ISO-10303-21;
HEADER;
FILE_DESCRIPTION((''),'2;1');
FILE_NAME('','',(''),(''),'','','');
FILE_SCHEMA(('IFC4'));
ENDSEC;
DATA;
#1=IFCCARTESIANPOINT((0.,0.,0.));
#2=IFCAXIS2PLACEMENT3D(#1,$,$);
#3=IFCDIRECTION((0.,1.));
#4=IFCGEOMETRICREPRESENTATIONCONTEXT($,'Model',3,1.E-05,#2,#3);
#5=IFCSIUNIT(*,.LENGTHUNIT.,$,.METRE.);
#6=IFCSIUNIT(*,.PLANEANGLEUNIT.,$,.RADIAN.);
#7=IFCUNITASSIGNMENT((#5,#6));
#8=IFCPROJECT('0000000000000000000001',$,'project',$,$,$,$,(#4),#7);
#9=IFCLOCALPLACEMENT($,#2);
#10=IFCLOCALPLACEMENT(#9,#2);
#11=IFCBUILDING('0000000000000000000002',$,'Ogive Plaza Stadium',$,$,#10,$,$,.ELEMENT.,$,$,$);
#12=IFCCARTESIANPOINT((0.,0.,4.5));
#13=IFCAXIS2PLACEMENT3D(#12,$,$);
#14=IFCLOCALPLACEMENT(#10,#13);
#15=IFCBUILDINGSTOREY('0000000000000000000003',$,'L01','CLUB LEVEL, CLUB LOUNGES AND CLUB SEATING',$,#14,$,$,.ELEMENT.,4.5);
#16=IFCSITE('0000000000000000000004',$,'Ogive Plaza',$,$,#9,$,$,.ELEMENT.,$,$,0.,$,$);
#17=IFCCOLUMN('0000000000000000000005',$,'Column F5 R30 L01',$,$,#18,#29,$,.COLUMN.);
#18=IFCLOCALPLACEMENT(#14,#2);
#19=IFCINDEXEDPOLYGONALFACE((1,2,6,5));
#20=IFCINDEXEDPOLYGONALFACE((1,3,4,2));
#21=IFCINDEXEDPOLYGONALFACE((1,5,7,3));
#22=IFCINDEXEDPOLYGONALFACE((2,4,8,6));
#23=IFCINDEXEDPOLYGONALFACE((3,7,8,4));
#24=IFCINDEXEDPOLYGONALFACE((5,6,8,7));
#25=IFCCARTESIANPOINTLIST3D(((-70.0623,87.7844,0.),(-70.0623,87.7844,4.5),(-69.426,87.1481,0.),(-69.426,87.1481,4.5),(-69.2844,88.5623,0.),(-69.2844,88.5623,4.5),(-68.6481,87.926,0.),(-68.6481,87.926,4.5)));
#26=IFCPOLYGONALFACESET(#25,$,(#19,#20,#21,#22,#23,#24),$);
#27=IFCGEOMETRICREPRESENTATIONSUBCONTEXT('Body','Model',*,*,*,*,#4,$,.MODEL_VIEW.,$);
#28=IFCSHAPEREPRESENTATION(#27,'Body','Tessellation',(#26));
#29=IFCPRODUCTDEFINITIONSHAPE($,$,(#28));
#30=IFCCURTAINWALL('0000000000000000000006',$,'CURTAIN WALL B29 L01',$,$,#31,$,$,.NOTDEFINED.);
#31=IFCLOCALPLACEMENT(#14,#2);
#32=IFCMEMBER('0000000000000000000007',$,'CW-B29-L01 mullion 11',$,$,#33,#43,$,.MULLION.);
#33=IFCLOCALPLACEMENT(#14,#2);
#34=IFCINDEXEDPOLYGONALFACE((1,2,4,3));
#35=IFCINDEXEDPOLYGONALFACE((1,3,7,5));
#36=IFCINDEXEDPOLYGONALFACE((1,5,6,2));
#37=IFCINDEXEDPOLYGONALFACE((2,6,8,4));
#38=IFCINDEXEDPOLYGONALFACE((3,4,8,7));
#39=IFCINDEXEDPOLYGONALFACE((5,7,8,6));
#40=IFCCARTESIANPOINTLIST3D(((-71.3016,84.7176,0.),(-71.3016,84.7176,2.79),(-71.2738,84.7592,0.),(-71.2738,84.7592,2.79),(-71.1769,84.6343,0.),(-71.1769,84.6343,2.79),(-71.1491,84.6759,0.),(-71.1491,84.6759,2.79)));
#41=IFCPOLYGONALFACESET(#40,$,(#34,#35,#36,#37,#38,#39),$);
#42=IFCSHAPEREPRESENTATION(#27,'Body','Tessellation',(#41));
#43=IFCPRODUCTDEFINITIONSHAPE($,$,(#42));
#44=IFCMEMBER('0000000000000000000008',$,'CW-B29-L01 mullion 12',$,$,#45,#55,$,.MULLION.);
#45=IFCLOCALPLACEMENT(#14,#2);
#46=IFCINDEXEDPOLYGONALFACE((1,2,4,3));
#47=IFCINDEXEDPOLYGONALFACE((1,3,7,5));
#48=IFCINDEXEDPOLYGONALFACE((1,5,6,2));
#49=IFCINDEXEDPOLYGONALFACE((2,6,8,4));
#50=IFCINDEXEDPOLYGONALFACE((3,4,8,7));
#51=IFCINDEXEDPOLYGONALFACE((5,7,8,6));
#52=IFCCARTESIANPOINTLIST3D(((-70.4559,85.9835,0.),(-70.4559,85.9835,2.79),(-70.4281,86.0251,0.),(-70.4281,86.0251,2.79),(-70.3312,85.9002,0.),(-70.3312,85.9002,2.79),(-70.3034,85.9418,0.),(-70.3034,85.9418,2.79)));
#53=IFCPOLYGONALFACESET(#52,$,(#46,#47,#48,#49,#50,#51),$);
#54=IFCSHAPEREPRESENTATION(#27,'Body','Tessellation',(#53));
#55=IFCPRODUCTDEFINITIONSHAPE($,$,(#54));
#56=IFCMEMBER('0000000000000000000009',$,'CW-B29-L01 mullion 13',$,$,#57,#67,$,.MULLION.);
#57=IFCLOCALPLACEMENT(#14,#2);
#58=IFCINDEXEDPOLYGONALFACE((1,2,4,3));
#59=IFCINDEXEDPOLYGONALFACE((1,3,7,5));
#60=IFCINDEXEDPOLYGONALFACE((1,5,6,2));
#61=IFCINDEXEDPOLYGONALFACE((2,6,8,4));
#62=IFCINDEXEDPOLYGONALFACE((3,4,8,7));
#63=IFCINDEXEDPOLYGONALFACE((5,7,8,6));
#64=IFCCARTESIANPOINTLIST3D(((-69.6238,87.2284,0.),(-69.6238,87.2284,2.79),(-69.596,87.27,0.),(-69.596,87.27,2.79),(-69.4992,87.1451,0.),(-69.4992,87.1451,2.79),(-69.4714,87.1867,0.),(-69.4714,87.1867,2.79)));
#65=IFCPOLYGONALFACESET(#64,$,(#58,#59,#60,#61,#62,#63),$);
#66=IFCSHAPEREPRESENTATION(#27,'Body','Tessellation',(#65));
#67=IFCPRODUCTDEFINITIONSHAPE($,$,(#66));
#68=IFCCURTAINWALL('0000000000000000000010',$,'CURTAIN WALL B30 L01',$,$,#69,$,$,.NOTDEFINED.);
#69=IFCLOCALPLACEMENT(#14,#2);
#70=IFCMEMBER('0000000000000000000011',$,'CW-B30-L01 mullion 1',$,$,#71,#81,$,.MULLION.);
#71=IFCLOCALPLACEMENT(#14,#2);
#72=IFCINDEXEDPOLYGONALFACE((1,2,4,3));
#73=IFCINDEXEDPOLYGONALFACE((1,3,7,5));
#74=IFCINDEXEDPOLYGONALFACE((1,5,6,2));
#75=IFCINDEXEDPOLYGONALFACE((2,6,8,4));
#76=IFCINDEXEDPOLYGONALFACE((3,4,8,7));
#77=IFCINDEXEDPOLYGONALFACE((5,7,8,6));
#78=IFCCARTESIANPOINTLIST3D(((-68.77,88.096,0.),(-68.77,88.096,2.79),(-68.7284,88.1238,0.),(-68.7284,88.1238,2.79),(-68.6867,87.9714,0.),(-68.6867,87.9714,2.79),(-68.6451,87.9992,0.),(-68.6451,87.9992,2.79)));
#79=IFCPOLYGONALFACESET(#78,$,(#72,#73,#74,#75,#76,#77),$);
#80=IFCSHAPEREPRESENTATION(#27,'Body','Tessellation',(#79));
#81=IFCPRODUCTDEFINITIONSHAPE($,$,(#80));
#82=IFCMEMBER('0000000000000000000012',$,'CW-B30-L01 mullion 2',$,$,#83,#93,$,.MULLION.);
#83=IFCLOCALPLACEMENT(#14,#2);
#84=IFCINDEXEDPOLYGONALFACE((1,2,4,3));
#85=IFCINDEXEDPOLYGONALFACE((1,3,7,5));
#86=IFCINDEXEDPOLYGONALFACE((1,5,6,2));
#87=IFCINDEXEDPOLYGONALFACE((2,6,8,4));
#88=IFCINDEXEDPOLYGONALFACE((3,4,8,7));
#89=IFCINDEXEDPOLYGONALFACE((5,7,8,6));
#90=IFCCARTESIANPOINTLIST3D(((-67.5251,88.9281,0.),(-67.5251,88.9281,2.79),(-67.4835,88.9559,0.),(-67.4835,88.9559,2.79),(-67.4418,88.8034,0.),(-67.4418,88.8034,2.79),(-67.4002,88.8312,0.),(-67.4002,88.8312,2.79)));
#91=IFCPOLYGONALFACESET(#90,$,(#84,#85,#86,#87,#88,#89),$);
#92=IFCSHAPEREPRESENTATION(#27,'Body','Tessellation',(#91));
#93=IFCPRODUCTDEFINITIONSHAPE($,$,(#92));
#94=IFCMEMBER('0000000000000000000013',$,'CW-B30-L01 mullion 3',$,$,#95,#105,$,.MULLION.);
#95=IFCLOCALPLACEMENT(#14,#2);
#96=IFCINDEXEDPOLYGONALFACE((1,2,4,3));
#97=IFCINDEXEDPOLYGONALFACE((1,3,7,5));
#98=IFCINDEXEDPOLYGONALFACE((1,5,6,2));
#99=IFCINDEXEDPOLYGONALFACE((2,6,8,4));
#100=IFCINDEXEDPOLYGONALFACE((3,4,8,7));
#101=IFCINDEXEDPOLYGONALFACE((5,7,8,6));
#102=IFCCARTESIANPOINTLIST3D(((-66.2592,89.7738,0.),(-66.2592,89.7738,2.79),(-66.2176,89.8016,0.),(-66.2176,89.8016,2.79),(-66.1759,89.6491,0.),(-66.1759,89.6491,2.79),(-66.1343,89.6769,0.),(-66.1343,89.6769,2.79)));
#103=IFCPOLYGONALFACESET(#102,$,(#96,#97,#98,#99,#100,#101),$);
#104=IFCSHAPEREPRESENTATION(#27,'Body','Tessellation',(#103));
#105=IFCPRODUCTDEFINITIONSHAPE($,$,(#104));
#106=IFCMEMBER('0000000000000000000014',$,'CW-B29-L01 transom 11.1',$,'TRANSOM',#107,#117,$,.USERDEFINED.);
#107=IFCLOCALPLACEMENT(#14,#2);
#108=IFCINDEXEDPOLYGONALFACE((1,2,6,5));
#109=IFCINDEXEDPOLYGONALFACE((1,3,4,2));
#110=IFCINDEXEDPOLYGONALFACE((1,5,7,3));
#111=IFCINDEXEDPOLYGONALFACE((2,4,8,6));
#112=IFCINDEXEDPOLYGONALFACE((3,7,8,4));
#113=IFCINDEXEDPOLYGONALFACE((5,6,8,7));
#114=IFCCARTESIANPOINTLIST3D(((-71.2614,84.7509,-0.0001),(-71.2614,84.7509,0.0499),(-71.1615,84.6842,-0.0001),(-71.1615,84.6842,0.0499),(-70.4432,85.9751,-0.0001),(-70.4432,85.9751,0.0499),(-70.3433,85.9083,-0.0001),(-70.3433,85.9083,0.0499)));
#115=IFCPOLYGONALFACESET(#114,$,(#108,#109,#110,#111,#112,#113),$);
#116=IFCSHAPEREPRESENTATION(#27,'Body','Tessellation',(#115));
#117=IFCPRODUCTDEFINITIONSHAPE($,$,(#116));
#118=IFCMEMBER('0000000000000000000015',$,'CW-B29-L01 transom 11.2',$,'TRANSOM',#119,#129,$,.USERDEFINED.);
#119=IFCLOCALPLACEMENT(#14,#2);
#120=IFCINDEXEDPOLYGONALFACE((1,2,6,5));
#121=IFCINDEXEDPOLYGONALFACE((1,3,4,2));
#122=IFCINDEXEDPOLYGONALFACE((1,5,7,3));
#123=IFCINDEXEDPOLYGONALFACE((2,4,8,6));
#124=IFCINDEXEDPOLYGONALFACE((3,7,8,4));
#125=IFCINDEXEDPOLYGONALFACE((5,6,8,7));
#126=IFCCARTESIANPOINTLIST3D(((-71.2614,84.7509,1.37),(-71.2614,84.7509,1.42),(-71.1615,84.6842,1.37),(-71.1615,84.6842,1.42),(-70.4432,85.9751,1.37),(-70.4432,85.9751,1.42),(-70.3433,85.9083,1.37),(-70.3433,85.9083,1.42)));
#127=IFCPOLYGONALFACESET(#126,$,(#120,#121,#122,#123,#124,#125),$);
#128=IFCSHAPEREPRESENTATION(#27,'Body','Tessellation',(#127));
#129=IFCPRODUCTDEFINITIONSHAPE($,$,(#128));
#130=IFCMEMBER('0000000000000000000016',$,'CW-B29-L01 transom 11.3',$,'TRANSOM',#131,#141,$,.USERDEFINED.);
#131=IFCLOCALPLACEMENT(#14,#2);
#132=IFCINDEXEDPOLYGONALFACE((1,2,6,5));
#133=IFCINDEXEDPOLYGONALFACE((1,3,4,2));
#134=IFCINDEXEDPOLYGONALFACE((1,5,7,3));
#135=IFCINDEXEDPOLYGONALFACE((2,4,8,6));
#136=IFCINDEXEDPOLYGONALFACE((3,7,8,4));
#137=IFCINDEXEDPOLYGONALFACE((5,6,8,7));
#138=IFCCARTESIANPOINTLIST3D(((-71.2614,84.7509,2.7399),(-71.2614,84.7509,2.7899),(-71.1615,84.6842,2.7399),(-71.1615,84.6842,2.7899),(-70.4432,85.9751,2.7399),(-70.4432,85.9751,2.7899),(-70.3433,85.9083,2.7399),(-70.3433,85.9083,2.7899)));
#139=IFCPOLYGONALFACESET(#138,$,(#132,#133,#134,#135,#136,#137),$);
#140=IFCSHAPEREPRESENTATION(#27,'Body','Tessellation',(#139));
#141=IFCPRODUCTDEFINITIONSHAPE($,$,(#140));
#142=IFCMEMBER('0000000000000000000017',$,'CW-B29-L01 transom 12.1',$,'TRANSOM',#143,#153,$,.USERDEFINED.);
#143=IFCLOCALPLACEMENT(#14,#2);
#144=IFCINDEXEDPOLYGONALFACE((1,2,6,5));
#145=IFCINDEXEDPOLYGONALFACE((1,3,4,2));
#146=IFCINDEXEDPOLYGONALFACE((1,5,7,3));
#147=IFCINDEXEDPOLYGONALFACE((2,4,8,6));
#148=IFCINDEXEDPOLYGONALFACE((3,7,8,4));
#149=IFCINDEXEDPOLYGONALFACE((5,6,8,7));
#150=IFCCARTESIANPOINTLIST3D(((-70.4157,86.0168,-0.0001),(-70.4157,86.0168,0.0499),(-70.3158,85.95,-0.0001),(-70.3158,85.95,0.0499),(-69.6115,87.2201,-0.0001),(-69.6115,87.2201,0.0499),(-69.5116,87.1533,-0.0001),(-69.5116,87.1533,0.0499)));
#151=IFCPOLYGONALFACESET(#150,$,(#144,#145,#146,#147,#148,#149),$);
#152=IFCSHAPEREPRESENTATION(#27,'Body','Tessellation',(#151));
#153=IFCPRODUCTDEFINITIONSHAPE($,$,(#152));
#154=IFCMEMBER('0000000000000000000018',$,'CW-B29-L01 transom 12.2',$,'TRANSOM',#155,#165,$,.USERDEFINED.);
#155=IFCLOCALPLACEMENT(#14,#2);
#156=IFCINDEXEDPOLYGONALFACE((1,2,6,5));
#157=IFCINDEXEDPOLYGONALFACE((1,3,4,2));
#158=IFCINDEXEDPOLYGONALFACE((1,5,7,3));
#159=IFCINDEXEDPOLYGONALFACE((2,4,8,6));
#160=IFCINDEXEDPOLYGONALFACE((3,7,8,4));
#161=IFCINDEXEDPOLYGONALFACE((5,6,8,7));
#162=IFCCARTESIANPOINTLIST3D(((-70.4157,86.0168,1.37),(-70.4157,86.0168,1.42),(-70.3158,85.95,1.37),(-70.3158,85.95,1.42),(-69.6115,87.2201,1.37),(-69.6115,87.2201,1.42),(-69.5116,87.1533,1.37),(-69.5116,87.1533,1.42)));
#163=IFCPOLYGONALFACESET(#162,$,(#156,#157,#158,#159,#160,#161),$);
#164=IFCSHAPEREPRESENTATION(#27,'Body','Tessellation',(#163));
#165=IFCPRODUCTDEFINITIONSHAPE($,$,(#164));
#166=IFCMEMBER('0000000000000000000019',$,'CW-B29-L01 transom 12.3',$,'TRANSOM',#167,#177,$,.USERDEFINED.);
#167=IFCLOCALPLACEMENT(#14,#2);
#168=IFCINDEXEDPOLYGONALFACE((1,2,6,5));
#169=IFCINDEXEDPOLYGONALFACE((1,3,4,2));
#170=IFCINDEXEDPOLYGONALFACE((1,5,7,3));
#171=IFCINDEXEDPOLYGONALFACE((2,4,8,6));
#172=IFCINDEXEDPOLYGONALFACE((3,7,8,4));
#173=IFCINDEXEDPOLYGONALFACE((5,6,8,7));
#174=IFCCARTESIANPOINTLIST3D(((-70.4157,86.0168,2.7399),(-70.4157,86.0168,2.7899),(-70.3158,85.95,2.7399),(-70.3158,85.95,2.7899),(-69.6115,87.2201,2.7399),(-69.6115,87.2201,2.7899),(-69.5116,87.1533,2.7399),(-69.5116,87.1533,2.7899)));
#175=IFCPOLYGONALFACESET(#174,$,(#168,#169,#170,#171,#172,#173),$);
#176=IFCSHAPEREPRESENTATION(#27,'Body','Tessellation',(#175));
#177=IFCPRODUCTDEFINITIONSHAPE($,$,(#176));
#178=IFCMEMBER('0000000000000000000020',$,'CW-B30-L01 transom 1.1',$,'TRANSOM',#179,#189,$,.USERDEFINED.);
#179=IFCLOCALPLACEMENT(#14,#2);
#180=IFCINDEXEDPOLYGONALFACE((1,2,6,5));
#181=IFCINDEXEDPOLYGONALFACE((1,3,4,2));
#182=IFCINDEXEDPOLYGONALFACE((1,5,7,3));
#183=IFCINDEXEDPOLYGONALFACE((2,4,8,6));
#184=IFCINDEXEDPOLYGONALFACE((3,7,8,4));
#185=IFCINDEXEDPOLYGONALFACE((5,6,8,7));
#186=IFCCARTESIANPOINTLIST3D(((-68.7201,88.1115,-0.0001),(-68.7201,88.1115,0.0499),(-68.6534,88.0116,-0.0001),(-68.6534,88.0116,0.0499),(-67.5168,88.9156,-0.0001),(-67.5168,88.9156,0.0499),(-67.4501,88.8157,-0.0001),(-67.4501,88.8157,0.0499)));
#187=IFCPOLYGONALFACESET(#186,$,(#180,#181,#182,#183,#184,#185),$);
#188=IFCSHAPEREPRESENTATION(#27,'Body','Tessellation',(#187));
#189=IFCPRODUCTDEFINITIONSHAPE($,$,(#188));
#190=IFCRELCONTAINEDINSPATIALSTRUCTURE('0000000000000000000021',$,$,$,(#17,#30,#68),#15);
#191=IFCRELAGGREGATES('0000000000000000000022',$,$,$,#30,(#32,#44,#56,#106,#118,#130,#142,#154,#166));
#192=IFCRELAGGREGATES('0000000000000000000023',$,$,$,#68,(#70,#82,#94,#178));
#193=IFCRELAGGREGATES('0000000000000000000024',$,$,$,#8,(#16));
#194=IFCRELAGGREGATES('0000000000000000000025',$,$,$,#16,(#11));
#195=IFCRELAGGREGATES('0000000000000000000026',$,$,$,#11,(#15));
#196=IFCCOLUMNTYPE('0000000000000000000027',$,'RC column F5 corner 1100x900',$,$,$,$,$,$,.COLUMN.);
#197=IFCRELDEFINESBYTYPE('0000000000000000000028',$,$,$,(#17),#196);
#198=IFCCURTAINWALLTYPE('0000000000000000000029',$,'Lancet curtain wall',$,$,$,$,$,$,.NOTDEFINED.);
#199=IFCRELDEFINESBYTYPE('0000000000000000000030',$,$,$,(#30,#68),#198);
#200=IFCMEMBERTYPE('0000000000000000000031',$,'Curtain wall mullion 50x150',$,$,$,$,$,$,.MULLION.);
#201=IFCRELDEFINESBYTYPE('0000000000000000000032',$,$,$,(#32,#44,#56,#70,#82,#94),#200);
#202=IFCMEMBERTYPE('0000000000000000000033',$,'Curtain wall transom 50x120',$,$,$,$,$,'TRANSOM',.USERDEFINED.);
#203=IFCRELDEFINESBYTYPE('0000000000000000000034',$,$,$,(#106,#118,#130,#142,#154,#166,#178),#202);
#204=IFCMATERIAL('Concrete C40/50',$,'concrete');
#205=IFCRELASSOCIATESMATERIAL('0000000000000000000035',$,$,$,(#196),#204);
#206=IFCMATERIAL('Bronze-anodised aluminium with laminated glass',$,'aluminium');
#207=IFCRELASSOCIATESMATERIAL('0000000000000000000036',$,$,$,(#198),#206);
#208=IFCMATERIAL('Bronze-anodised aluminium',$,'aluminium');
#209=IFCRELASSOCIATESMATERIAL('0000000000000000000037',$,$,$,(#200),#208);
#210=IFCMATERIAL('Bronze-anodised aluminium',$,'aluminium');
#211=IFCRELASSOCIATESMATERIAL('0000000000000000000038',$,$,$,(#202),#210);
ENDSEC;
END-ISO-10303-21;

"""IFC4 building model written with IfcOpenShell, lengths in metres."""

from ifc_helpers import new_model, si_unit, direction, frame, origin, origin_2d, place, context, subcontext, project, spatial, rectangle, extrude, material, material_profile, profile_set, type_object, element, aggregate, save


model = new_model("IFC4")

# Units and contexts
model_context = context("Model", 3, precision=1e-05, world=origin(), true_north=direction((0.0, 1.0)))
body_context = subcontext(model_context, "Body", "Model", "MODEL_VIEW")
ifc_project = project(units=[si_unit("LENGTHUNIT", "METRE"), si_unit("PLANEANGLEUNIT", "RADIAN")], contexts=[model_context])

# Site, building, storey
site_placement = place(None, origin())
site = spatial("IfcSite", under=ifc_project, at=site_placement, Name="Ogive Plaza", CompositionType="ELEMENT", RefElevation=0.0)
building_placement = place(site_placement, origin())
building = spatial("IfcBuilding", under=site, at=building_placement, Name="Ogive Plaza Stadium", CompositionType="ELEMENT")
storey_placement = place(building_placement, frame((0.0, 0.0, 4.5)))
storey = spatial("IfcBuildingStorey", under=building, at=storey_placement, Name="L01", Description="CLUB LEVEL, CLUB LOUNGES AND CLUB SEATING", CompositionType="ELEMENT", Elevation=4.5)

# Column
ifc_material_1 = material(Name="Concrete C40/50", Category="concrete")
ifc_material_profile_1 = material_profile(ifc_material_1, rectangle(XDim=1.1001, YDim=0.8999, at=origin_2d()), Name="RC 1100x900")
ifc_profile_set_1 = profile_set([ifc_material_profile_1], Name="Concrete C40/50")
column_type = type_object("IfcColumnType", Name="RC column F5 corner 1100x900", PredefinedType="COLUMN", material=ifc_profile_set_1)
column_placement = place(storey_placement, frame((-69.3552, 87.8552, 0.0), z_axis=(0.0, 0.0, 1.0), x_axis=(-0.707107, -0.707107, 0.0)))
element("IfcColumn", 1, at=column_placement, inside=storey, type_object=column_type, Name="Column F5 R30 L01", PredefinedType="COLUMN", context=body_context, shape_type="SweptSolid", body=[
    extrude(rectangle(XDim=1.1001, YDim=0.8999, at=origin_2d()), origin(), (0.0, 0.0, 1.0), 4.5),
])

# Curtain walls, members
ifc_material_2 = material(Name="Bronze-anodised aluminium with laminated glass", Category="aluminium")
curtain_wall_type = type_object("IfcCurtainWallType", Name="Lancet curtain wall", PredefinedType="NOTDEFINED", material=ifc_material_2)
curtain_wall_1_placement = place(storey_placement, origin())
curtain_wall_1 = element("IfcCurtainWall", 2, at=curtain_wall_1_placement, inside=storey, type_object=curtain_wall_type, Name="CURTAIN WALL B29 L01", PredefinedType="NOTDEFINED")
ifc_material_3 = material(Name="Bronze-anodised aluminium", Category="aluminium")
ifc_material_profile_2 = material_profile(ifc_material_3, rectangle(XDim=0.1499, YDim=0.05, at=origin_2d()), Name="AL 150x50")
ifc_profile_set_2 = profile_set([ifc_material_profile_2], Name="Bronze-anodised aluminium")
member_type_1 = type_object("IfcMemberType", Name="Curtain wall mullion 50x150", PredefinedType="MULLION", material=ifc_profile_set_2)
member_1_placement = place(storey_placement, frame((-71.2253, 84.6968, 0.0), z_axis=(0.0, 0.0, 1.0), x_axis=(-0.83147, 0.55557, 0.0)))
member_1 = element("IfcMember", 3, at=member_1_placement, type_object=member_type_1, Name="CW-B29-L01 mullion 11", PredefinedType="MULLION", context=body_context, shape_type="SweptSolid", body=[
    extrude(rectangle(XDim=0.1499, YDim=0.05, at=origin_2d()), origin(), (0.0, 0.0, 1.0), 2.79),
])
member_2_placement = place(storey_placement, frame((-70.3796, 85.9626, 0.0), z_axis=(0.0, 0.0, 1.0), x_axis=(-0.83147, 0.55557, 0.0)))
member_2 = element("IfcMember", 4, at=member_2_placement, type_object=member_type_1, Name="CW-B29-L01 mullion 12", PredefinedType="MULLION", context=body_context, shape_type="SweptSolid", body=[
    extrude(rectangle(XDim=0.1499, YDim=0.05, at=origin_2d()), origin(), (0.0, 0.0, 1.0), 2.79),
])
member_3_placement = place(storey_placement, frame((-69.5476, 87.2075, 0.0), z_axis=(0.0, 0.0, 1.0), x_axis=(-0.83147, 0.55557, 0.0)))
member_3 = element("IfcMember", 5, at=member_3_placement, type_object=member_type_1, Name="CW-B29-L01 mullion 13", PredefinedType="MULLION", context=body_context, shape_type="SweptSolid", body=[
    extrude(rectangle(XDim=0.1499, YDim=0.05, at=origin_2d()), origin(), (0.0, 0.0, 1.0), 2.79),
])
curtain_wall_2_placement = place(storey_placement, origin())
curtain_wall_2 = element("IfcCurtainWall", 6, at=curtain_wall_2_placement, inside=storey, type_object=curtain_wall_type, Name="CURTAIN WALL B30 L01", PredefinedType="NOTDEFINED")
member_4_placement = place(storey_placement, frame((-68.7075, 88.0476, 0.0), z_axis=(0.0, 0.0, 1.0), x_axis=(-0.55557, 0.83147, 0.0)))
member_4 = element("IfcMember", 7, at=member_4_placement, type_object=member_type_1, Name="CW-B30-L01 mullion 1", PredefinedType="MULLION", context=body_context, shape_type="SweptSolid", body=[
    extrude(rectangle(XDim=0.1499, YDim=0.05, at=origin_2d()), origin(), (0.0, 0.0, 1.0), 2.79),
])
member_5_placement = place(storey_placement, frame((-67.4626, 88.8796, 0.0), z_axis=(0.0, 0.0, 1.0), x_axis=(-0.55557, 0.83147, 0.0)))
member_5 = element("IfcMember", 8, at=member_5_placement, type_object=member_type_1, Name="CW-B30-L01 mullion 2", PredefinedType="MULLION", context=body_context, shape_type="SweptSolid", body=[
    extrude(rectangle(XDim=0.1499, YDim=0.05, at=origin_2d()), origin(), (0.0, 0.0, 1.0), 2.79),
])
member_6_placement = place(storey_placement, frame((-66.1968, 89.7253, 0.0), z_axis=(0.0, 0.0, 1.0), x_axis=(-0.55557, 0.83147, 0.0)))
member_6 = element("IfcMember", 9, at=member_6_placement, type_object=member_type_1, Name="CW-B30-L01 mullion 3", PredefinedType="MULLION", context=body_context, shape_type="SweptSolid", body=[
    extrude(rectangle(XDim=0.1499, YDim=0.05, at=origin_2d()), origin(), (0.0, 0.0, 1.0), 2.79),
])

# Members
ifc_material_4 = material(Name="Bronze-anodised aluminium", Category="aluminium")
ifc_material_profile_3 = material_profile(ifc_material_4, rectangle(XDim=0.1201, YDim=0.05, at=origin_2d()), Name="AL 120x50")
ifc_profile_set_3 = profile_set([ifc_material_profile_3], Name="Bronze-anodised aluminium")
member_type_2 = type_object("IfcMemberType", Name="Curtain wall transom 50x120", ElementType="TRANSOM", PredefinedType="USERDEFINED", material=ifc_profile_set_3)
member_7_placement = place(storey_placement, frame((-71.2114, 84.7175, 0.0249), z_axis=(0.555656, 0.831412, 0.0), x_axis=(-0.831412, 0.555656, 0.0)))
member_7 = element("IfcMember", 10, at=member_7_placement, type_object=member_type_2, Name="CW-B29-L01 transom 11.1", ObjectType="TRANSOM", PredefinedType="USERDEFINED", context=body_context, shape_type="SweptSolid", body=[
    extrude(rectangle(XDim=0.1201, YDim=0.05, at=origin_2d()), origin(), (0.0, 0.0, 1.0), 1.4724),
])
member_8_placement = place(storey_placement, frame((-71.2114, 84.7175, 1.395), z_axis=(0.555656, 0.831412, 0.0), x_axis=(-0.831412, 0.555656, 0.0)))
member_8 = element("IfcMember", 11, at=member_8_placement, type_object=member_type_2, Name="CW-B29-L01 transom 11.2", ObjectType="TRANSOM", PredefinedType="USERDEFINED", context=body_context, shape_type="SweptSolid", body=[
    extrude(rectangle(XDim=0.1201, YDim=0.05, at=origin_2d()), origin(), (0.0, 0.0, 1.0), 1.4724),
])
member_9_placement = place(storey_placement, frame((-71.2114, 84.7175, 2.7649), z_axis=(0.555656, 0.831412, 0.0), x_axis=(-0.831412, 0.555656, 0.0)))
member_9 = element("IfcMember", 12, at=member_9_placement, type_object=member_type_2, Name="CW-B29-L01 transom 11.3", ObjectType="TRANSOM", PredefinedType="USERDEFINED", context=body_context, shape_type="SweptSolid", body=[
    extrude(rectangle(XDim=0.1201, YDim=0.05, at=origin_2d()), origin(), (0.0, 0.0, 1.0), 1.4724),
])
member_10_placement = place(storey_placement, frame((-70.3657, 85.9834, 0.0249), z_axis=(0.555634, 0.831427, 0.0), x_axis=(-0.831427, 0.555634, 0.0)))
member_10 = element("IfcMember", 13, at=member_10_placement, type_object=member_type_2, Name="CW-B29-L01 transom 12.1", ObjectType="TRANSOM", PredefinedType="USERDEFINED", context=body_context, shape_type="SweptSolid", body=[
    extrude(rectangle(XDim=0.1201, YDim=0.05, at=origin_2d()), origin(), (0.0, 0.0, 1.0), 1.4473),
])
member_11_placement = place(storey_placement, frame((-70.3657, 85.9834, 1.395), z_axis=(0.555634, 0.831427, 0.0), x_axis=(-0.831427, 0.555634, 0.0)))
member_11 = element("IfcMember", 14, at=member_11_placement, type_object=member_type_2, Name="CW-B29-L01 transom 12.2", ObjectType="TRANSOM", PredefinedType="USERDEFINED", context=body_context, shape_type="SweptSolid", body=[
    extrude(rectangle(XDim=0.1201, YDim=0.05, at=origin_2d()), origin(), (0.0, 0.0, 1.0), 1.4473),
])
member_12_placement = place(storey_placement, frame((-70.3657, 85.9834, 2.7649), z_axis=(0.555634, 0.831427, 0.0), x_axis=(-0.831427, 0.555634, 0.0)))
member_12 = element("IfcMember", 15, at=member_12_placement, type_object=member_type_2, Name="CW-B29-L01 transom 12.3", ObjectType="TRANSOM", PredefinedType="USERDEFINED", context=body_context, shape_type="SweptSolid", body=[
    extrude(rectangle(XDim=0.1201, YDim=0.05, at=origin_2d()), origin(), (0.0, 0.0, 1.0), 1.4473),
])
member_13_placement = place(storey_placement, frame((-68.6868, 88.0615, 0.0249), z_axis=(0.831427, 0.555634, 0.0), x_axis=(-0.555634, 0.831427, 0.0)))
member_13 = element("IfcMember", 16, at=member_13_placement, type_object=member_type_2, Name="CW-B30-L01 transom 1.1", ObjectType="TRANSOM", PredefinedType="USERDEFINED", context=body_context, shape_type="SweptSolid", body=[
    extrude(rectangle(XDim=0.1201, YDim=0.05, at=origin_2d()), origin(), (0.0, 0.0, 1.0), 1.4473),
])

aggregate(curtain_wall_1, [member_1, member_2, member_3, member_7, member_8, member_9, member_10, member_11, member_12])
aggregate(curtain_wall_2, [member_4, member_5, member_6, member_13])

save(model, "model.ifc")
